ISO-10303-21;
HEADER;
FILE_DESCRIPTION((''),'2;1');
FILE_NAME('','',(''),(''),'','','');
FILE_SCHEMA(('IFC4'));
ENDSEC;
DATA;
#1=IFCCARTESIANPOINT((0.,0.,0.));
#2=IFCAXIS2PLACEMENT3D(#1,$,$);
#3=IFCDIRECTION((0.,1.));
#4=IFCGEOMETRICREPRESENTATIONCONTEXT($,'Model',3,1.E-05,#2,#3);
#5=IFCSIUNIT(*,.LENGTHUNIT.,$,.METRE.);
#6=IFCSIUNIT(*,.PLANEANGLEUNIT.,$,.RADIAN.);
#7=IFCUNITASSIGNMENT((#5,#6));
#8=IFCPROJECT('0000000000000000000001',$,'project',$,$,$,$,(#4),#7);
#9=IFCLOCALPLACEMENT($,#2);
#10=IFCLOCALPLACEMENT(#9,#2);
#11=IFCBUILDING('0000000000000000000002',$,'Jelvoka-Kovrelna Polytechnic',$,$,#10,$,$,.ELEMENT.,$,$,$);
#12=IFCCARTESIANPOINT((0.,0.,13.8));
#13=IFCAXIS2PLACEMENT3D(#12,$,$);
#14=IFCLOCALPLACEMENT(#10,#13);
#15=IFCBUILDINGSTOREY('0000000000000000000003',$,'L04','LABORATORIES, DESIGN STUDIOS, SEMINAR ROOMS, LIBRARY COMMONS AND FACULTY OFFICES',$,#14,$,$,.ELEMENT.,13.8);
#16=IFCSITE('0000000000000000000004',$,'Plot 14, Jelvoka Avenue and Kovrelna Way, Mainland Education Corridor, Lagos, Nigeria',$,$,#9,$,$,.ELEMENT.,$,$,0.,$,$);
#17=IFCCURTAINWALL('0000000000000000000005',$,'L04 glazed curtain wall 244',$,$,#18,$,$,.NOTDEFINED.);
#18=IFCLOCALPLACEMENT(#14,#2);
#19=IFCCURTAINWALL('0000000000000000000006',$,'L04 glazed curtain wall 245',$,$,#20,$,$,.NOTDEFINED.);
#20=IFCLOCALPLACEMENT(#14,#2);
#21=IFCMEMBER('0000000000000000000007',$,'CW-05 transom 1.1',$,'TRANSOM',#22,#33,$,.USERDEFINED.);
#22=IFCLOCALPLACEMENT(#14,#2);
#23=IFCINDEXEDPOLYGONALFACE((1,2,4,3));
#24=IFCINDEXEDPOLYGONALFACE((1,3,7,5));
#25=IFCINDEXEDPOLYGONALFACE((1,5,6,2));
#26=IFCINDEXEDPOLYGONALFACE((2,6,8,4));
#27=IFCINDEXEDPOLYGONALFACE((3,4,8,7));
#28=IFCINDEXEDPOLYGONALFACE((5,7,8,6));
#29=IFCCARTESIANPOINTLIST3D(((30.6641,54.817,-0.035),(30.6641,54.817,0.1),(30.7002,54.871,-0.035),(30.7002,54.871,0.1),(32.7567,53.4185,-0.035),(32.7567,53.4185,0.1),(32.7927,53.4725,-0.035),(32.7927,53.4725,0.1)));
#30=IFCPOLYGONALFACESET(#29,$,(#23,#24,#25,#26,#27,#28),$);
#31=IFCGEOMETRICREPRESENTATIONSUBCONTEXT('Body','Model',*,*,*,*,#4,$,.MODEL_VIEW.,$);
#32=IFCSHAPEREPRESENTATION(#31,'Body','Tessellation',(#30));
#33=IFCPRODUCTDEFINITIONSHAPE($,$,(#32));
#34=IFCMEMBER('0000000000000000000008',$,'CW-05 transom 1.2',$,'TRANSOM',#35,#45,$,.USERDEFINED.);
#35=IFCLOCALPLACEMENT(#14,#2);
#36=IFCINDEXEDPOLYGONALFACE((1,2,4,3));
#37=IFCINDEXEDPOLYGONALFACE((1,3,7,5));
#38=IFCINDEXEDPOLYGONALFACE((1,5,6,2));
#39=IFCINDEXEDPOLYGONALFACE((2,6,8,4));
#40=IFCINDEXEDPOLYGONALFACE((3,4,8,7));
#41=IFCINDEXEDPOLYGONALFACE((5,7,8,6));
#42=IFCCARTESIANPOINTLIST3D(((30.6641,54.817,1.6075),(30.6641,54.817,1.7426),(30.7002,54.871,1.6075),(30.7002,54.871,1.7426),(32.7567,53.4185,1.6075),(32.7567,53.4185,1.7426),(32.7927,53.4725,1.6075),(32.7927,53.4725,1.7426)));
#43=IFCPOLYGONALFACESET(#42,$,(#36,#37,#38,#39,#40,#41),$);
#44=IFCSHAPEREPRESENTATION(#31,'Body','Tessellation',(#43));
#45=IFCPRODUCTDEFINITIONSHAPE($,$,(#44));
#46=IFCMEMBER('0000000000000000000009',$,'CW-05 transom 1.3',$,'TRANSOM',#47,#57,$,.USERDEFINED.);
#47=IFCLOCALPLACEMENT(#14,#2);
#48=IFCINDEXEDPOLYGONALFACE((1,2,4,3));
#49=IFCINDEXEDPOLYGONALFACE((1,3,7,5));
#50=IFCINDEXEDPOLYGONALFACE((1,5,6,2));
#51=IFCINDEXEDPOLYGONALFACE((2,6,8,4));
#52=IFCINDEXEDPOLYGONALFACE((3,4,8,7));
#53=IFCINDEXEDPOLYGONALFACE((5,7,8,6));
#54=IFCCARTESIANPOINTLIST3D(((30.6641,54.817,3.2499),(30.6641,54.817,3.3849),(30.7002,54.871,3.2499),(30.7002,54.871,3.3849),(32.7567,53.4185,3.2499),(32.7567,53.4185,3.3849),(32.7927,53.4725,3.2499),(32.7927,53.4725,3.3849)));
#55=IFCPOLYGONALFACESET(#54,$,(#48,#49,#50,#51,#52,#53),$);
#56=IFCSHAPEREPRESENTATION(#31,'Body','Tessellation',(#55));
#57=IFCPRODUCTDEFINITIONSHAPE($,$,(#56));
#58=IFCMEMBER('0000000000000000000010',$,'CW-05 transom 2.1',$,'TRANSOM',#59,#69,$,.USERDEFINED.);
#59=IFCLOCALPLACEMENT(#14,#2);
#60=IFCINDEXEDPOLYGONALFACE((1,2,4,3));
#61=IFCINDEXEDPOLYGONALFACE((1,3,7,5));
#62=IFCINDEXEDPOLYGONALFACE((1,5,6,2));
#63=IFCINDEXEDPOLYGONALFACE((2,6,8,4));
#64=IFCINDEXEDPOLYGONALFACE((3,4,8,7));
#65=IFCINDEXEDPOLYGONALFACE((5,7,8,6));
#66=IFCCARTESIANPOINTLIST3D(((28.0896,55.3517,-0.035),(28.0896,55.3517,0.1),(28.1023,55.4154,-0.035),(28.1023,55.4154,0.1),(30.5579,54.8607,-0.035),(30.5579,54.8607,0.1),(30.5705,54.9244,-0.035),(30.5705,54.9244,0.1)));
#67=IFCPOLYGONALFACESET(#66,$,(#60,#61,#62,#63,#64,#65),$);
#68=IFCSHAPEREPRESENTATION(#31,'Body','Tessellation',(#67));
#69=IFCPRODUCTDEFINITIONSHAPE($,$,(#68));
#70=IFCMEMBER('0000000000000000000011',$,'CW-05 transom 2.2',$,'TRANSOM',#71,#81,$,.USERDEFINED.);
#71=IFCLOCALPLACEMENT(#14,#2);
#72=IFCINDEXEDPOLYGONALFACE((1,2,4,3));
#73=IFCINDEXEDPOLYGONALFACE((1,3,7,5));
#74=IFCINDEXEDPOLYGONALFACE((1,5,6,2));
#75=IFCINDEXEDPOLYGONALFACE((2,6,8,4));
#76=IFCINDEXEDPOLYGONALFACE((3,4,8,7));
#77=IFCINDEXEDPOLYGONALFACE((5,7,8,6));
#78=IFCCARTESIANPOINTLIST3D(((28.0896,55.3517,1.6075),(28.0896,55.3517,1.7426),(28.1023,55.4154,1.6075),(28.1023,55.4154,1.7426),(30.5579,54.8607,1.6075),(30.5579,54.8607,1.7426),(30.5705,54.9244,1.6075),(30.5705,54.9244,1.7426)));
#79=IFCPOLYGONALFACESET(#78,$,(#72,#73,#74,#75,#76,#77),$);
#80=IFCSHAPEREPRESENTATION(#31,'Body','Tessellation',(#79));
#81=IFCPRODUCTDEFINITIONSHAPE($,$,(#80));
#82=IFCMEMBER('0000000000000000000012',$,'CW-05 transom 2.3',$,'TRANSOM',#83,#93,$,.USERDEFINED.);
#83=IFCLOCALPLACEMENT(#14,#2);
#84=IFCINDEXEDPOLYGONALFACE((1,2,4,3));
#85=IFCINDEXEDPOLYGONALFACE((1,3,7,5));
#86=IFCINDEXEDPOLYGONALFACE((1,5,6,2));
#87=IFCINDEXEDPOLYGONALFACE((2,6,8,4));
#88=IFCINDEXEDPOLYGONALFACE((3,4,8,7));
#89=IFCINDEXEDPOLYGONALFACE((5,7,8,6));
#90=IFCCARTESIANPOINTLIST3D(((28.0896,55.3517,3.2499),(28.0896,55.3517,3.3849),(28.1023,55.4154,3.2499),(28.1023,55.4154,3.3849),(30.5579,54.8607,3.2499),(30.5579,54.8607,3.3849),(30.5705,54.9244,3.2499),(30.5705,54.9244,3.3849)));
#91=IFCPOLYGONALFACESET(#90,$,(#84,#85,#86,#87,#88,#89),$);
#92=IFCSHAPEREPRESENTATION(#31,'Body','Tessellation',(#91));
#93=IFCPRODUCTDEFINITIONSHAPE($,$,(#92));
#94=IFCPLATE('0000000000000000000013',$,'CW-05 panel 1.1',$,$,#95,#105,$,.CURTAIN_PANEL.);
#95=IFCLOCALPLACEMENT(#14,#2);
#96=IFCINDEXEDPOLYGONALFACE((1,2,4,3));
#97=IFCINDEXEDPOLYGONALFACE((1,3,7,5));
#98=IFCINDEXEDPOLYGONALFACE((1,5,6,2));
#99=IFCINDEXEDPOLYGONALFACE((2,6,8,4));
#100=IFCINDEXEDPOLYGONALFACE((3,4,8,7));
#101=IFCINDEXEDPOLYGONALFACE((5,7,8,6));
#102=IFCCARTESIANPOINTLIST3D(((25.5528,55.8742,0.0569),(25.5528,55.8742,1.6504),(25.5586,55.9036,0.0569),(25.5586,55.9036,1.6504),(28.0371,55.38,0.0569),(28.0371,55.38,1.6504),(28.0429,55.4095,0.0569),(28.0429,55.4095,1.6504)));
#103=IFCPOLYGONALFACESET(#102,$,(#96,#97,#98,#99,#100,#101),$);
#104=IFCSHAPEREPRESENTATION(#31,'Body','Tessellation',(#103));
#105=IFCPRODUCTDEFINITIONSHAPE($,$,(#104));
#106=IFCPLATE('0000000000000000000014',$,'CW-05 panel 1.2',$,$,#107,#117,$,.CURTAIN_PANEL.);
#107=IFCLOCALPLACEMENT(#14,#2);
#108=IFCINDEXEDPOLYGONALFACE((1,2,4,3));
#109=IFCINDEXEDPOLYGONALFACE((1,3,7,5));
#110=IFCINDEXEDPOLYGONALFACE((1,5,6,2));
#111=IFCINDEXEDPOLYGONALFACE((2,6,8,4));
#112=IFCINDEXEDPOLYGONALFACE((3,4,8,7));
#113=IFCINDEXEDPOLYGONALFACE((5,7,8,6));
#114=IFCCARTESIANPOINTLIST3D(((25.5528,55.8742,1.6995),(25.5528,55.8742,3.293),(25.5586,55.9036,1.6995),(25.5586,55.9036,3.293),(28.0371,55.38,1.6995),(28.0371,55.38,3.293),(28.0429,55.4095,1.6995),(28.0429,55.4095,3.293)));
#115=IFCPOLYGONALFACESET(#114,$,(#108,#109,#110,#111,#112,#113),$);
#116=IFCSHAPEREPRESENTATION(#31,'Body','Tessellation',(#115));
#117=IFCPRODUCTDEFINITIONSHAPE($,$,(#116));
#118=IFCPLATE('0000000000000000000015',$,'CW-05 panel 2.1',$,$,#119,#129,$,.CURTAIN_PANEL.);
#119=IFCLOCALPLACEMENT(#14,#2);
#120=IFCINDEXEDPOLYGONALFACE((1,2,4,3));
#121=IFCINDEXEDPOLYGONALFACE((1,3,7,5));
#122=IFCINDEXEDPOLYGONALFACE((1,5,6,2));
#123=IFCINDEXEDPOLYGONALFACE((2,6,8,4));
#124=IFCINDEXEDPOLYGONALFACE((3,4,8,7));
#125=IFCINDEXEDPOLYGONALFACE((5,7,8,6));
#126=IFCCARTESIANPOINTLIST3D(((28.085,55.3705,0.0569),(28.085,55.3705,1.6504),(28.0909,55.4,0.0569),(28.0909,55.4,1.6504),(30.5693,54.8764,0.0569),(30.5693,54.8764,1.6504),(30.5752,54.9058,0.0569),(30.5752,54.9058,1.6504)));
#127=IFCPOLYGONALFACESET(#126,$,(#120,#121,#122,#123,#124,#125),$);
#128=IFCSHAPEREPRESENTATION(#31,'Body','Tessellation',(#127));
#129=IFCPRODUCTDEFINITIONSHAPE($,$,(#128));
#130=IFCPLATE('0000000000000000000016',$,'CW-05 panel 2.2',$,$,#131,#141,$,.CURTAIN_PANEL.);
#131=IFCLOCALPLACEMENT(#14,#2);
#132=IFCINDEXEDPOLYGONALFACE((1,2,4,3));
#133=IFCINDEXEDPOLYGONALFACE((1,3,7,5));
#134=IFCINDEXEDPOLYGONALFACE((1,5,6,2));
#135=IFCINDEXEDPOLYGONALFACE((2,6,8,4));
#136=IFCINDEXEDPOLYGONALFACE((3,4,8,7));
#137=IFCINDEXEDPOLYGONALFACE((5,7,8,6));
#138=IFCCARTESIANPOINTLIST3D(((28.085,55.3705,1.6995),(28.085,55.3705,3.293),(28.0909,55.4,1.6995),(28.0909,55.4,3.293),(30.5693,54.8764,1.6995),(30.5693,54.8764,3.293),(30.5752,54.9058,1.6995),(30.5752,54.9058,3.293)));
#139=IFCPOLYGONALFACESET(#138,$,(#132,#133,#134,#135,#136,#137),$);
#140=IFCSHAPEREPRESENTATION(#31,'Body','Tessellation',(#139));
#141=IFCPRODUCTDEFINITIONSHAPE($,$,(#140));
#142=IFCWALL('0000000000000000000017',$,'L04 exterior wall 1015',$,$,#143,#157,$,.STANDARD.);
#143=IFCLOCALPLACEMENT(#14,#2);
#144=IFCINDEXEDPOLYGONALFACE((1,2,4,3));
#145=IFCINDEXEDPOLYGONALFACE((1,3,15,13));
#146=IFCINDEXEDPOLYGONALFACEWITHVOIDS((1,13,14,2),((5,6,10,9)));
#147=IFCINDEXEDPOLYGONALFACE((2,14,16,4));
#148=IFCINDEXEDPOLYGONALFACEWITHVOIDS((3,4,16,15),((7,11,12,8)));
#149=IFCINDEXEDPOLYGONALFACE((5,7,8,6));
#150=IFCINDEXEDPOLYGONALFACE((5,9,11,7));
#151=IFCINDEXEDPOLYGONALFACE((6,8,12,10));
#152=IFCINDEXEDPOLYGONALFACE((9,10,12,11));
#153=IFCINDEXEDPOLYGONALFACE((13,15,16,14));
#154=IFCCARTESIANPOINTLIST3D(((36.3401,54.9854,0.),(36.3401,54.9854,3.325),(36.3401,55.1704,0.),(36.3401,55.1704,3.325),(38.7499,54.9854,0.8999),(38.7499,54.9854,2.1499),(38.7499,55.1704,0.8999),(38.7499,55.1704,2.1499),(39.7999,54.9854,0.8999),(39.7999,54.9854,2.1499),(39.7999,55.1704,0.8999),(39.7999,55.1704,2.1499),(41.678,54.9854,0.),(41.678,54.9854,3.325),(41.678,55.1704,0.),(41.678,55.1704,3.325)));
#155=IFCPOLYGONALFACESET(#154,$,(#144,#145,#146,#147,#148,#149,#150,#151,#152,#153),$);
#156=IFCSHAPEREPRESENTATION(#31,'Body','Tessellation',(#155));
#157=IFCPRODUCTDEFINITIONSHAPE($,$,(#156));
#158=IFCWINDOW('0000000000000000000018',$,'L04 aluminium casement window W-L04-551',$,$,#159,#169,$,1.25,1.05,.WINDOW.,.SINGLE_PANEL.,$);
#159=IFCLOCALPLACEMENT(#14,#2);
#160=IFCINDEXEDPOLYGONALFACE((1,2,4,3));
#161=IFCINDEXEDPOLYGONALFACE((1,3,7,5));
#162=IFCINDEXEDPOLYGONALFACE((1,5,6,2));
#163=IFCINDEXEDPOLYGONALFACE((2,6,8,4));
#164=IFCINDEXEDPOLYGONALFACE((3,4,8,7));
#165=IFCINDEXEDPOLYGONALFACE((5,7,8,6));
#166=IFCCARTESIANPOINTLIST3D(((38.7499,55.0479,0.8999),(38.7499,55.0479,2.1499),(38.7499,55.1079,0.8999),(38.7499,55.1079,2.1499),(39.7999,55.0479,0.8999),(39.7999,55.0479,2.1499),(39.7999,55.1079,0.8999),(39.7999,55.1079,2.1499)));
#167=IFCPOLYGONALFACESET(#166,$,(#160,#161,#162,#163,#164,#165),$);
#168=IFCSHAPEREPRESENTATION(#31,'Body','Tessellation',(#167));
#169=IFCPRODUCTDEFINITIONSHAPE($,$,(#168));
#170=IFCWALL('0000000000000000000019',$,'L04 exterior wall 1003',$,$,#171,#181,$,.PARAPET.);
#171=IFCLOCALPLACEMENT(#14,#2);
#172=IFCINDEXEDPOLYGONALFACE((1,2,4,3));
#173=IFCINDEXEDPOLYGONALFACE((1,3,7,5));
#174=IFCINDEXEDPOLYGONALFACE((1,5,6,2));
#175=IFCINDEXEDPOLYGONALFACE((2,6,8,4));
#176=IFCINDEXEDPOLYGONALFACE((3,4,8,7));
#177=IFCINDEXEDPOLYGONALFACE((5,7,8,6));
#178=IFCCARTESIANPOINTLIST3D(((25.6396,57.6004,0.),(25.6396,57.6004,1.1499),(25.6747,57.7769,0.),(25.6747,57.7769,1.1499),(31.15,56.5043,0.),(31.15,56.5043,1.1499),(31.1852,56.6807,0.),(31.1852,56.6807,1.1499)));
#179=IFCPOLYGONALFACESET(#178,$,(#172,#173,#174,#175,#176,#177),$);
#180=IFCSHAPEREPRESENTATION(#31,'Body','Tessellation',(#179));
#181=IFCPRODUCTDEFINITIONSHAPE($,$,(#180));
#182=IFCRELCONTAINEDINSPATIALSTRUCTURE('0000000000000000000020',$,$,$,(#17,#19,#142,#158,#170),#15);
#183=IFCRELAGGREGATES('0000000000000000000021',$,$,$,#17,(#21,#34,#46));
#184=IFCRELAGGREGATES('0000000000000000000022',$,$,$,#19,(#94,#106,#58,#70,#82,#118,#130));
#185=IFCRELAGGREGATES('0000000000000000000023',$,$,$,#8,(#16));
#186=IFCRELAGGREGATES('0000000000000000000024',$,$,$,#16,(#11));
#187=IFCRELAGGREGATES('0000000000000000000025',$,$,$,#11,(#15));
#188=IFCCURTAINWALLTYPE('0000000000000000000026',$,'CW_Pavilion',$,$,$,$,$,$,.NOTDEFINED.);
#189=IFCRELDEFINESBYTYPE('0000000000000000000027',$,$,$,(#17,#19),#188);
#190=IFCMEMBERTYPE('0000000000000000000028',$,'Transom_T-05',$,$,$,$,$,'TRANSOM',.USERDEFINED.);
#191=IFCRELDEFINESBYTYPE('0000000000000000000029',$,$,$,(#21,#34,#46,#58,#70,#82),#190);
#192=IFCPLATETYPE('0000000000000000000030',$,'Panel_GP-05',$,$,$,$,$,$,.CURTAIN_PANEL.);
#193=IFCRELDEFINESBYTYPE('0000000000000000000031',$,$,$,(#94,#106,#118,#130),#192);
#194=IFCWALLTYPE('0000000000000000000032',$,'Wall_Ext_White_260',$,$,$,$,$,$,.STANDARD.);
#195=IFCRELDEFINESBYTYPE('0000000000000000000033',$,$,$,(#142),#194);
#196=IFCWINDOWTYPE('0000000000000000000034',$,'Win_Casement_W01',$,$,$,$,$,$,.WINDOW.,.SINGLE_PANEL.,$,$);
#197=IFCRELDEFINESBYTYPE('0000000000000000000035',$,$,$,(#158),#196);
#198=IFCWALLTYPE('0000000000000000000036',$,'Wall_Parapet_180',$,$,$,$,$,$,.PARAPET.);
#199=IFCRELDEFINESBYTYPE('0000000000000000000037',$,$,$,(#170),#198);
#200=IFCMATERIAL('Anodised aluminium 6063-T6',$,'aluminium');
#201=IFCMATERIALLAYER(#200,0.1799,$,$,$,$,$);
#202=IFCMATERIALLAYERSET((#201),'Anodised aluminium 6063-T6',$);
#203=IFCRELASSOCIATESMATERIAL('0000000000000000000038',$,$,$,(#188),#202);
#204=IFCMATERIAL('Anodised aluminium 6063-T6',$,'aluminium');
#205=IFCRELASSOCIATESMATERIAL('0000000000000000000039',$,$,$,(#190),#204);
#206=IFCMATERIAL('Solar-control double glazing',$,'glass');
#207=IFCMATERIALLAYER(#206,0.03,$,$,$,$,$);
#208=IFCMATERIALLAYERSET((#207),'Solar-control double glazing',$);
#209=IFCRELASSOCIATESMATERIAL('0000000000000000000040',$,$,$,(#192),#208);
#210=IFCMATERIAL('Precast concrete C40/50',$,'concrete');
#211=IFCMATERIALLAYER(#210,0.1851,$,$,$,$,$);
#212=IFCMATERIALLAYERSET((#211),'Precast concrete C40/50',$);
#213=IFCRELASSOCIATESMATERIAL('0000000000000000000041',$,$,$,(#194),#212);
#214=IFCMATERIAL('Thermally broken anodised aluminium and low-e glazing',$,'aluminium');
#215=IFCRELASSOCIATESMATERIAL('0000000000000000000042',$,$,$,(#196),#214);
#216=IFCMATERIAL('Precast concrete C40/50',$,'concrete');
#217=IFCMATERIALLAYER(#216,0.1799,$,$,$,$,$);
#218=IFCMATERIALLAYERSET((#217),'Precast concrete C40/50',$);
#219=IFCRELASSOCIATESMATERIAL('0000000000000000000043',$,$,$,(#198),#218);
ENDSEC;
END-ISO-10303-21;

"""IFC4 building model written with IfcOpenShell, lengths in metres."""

from ifc_helpers import new_model, si_unit, direction, frame, frame_2d, origin, origin_2d, place, context, subcontext, project, spatial, rectangle, extrude, material, layer, layer_set, material_profile, profile_set, type_object, element, fill, aggregate, save


model = new_model("IFC4")

# Units and contexts
model_context = context("Model", 3, precision=1e-05, world=origin(), true_north=direction((0.0, 1.0)))
body_context = subcontext(model_context, "Body", "Model", "MODEL_VIEW")
ifc_project = project(units=[si_unit("LENGTHUNIT", "METRE"), si_unit("PLANEANGLEUNIT", "RADIAN")], contexts=[model_context])

# Site, building, storey
site_placement = place(None, origin())
site = spatial("IfcSite", under=ifc_project, at=site_placement, Name="Plot 14, Jelvoka Avenue and Kovrelna Way, Mainland Education Corridor, Lagos, Nigeria", CompositionType="ELEMENT", RefElevation=0.0)
building_placement = place(site_placement, origin())
building = spatial("IfcBuilding", under=site, at=building_placement, Name="Jelvoka-Kovrelna Polytechnic", CompositionType="ELEMENT")
storey_placement = place(building_placement, frame((0.0, 0.0, 13.8)))
storey = spatial("IfcBuildingStorey", under=building, at=storey_placement, Name="L04", Description="LABORATORIES, DESIGN STUDIOS, SEMINAR ROOMS, LIBRARY COMMONS AND FACULTY OFFICES", CompositionType="ELEMENT", Elevation=13.8)

# Curtain wall
ifc_material_1 = material(Name="Anodised aluminium 6063-T6", Category="aluminium")
ifc_layer_1 = layer(ifc_material_1, 0.1799)
ifc_layer_set_1 = layer_set([ifc_layer_1], Name="Anodised aluminium 6063-T6")
curtain_wall_type = type_object("IfcCurtainWallType", Name="CW_Pavilion", PredefinedType="NOTDEFINED", material=ifc_layer_set_1)
curtain_wall_1_placement = place(storey_placement, origin())
curtain_wall_1 = element("IfcCurtainWall", 1, at=curtain_wall_1_placement, inside=storey, type_object=curtain_wall_type, Name="L04 glazed curtain wall 244", PredefinedType="NOTDEFINED")

# Curtain wall
curtain_wall_2_placement = place(storey_placement, origin())
curtain_wall_2 = element("IfcCurtainWall", 2, at=curtain_wall_2_placement, inside=storey, type_object=curtain_wall_type, Name="L04 glazed curtain wall 245", PredefinedType="NOTDEFINED")

# Members
ifc_material_2 = material(Name="Anodised aluminium 6063-T6", Category="aluminium")
ifc_material_profile_1 = material_profile(ifc_material_2, rectangle(XDim=0.0649, YDim=0.135, at=origin_2d()), Name="ALU 65x135")
ifc_profile_set_1 = profile_set([ifc_material_profile_1], Name="Anodised aluminium 6063-T6")
member_type_1 = type_object("IfcMemberType", Name="Transom_T-05", ElementType="TRANSOM", PredefinedType="USERDEFINED", material=ifc_profile_set_1)
member_1_placement = place(storey_placement, frame((30.6821, 54.844, 0.0325), z_axis=(0.831423, -0.55564, 0.0), x_axis=(0.55564, 0.831423, 0.0)))
member_1 = element("IfcMember", 3, at=member_1_placement, type_object=member_type_1, Name="CW-05 transom 1.1", ObjectType="TRANSOM", PredefinedType="USERDEFINED", context=body_context, shape_type="SweptSolid", body=[
    extrude(rectangle(XDim=0.0649, YDim=0.135, at=origin_2d()), origin(), (0.0, 0.0, 1.0), 2.5168),
])
member_2_placement = place(storey_placement, frame((30.6821, 54.844, 1.675), z_axis=(0.831423, -0.55564, 0.0), x_axis=(0.55564, 0.831423, 0.0)))
member_2 = element("IfcMember", 4, at=member_2_placement, type_object=member_type_1, Name="CW-05 transom 1.2", ObjectType="TRANSOM", PredefinedType="USERDEFINED", context=body_context, shape_type="SweptSolid", body=[
    extrude(rectangle(XDim=0.0649, YDim=0.135, at=origin_2d()), origin(), (0.0, 0.0, 1.0), 2.5168),
])
member_3_placement = place(storey_placement, frame((30.6821, 54.844, 3.3174), z_axis=(0.831423, -0.55564, 0.0), x_axis=(0.55564, 0.831423, 0.0)))
member_3 = element("IfcMember", 5, at=member_3_placement, type_object=member_type_1, Name="CW-05 transom 1.3", ObjectType="TRANSOM", PredefinedType="USERDEFINED", context=body_context, shape_type="SweptSolid", body=[
    extrude(rectangle(XDim=0.0649, YDim=0.135, at=origin_2d()), origin(), (0.0, 0.0, 1.0), 2.5168),
])
aggregate(curtain_wall_1, [member_1, member_2, member_3])
member_4_placement = place(storey_placement, frame((28.0959, 55.3835, 0.0325), z_axis=(0.980785, -0.19509, 0.0), x_axis=(0.19509, 0.980785, 0.0)))
member_4 = element("IfcMember", 6, at=member_4_placement, type_object=member_type_1, Name="CW-05 transom 2.1", ObjectType="TRANSOM", PredefinedType="USERDEFINED", context=body_context, shape_type="SweptSolid", body=[
    extrude(rectangle(XDim=0.0649, YDim=0.135, at=origin_2d()), origin(), (0.0, 0.0, 1.0), 2.5166),
])
member_5_placement = place(storey_placement, frame((28.0959, 55.3835, 1.675), z_axis=(0.980785, -0.19509, 0.0), x_axis=(0.19509, 0.980785, 0.0)))
member_5 = element("IfcMember", 7, at=member_5_placement, type_object=member_type_1, Name="CW-05 transom 2.2", ObjectType="TRANSOM", PredefinedType="USERDEFINED", context=body_context, shape_type="SweptSolid", body=[
    extrude(rectangle(XDim=0.0649, YDim=0.135, at=origin_2d()), origin(), (0.0, 0.0, 1.0), 2.5166),
])
member_6_placement = place(storey_placement, frame((28.0959, 55.3835, 3.3174), z_axis=(0.980785, -0.19509, 0.0), x_axis=(0.19509, 0.980785, 0.0)))
member_6 = element("IfcMember", 8, at=member_6_placement, type_object=member_type_1, Name="CW-05 transom 2.3", ObjectType="TRANSOM", PredefinedType="USERDEFINED", context=body_context, shape_type="SweptSolid", body=[
    extrude(rectangle(XDim=0.0649, YDim=0.135, at=origin_2d()), origin(), (0.0, 0.0, 1.0), 2.5166),
])

# Plates
ifc_material_3 = material(Name="Solar-control double glazing", Category="glass")
ifc_layer_2 = layer(ifc_material_3, 0.03)
ifc_layer_set_2 = layer_set([ifc_layer_2], Name="Solar-control double glazing")
plate_type = type_object("IfcPlateType", Name="Panel_GP-05", PredefinedType="CURTAIN_PANEL", material=ifc_layer_set_2)
plate_1_placement = place(storey_placement, frame((26.7979, 55.6418, 0.0569), z_axis=(0.0, 0.0, 1.0), x_axis=(0.980786, -0.195086, 0.0)))
plate_1 = element("IfcPlate", 9, at=plate_1_placement, type_object=plate_type, Name="CW-05 panel 1.1", PredefinedType="CURTAIN_PANEL", context=body_context, shape_type="SweptSolid", body=[
    extrude(rectangle(XDim=2.533, YDim=0.03, at=origin_2d()), origin(), (0.0, 0.0, 1.0), 1.5935),
])
plate_2_placement = place(storey_placement, frame((26.7979, 55.6418, 1.6995), z_axis=(0.0, 0.0, 1.0), x_axis=(0.980786, -0.195086, 0.0)))
plate_2 = element("IfcPlate", 10, at=plate_2_placement, type_object=plate_type, Name="CW-05 panel 1.2", PredefinedType="CURTAIN_PANEL", context=body_context, shape_type="SweptSolid", body=[
    extrude(rectangle(XDim=2.533, YDim=0.03, at=origin_2d()), origin(), (0.0, 0.0, 1.0), 1.5935),
])
plate_3_placement = place(storey_placement, frame((29.3301, 55.1382, 0.0569), z_axis=(0.0, 0.0, 1.0), x_axis=(0.980786, -0.195086, 0.0)))
plate_3 = element("IfcPlate", 11, at=plate_3_placement, type_object=plate_type, Name="CW-05 panel 2.1", PredefinedType="CURTAIN_PANEL", context=body_context, shape_type="SweptSolid", body=[
    extrude(rectangle(XDim=2.533, YDim=0.03, at=origin_2d()), origin(), (0.0, 0.0, 1.0), 1.5935),
])
plate_4_placement = place(storey_placement, frame((29.3301, 55.1382, 1.6995), z_axis=(0.0, 0.0, 1.0), x_axis=(0.980786, -0.195086, 0.0)))
plate_4 = element("IfcPlate", 12, at=plate_4_placement, type_object=plate_type, Name="CW-05 panel 2.2", PredefinedType="CURTAIN_PANEL", context=body_context, shape_type="SweptSolid", body=[
    extrude(rectangle(XDim=2.533, YDim=0.03, at=origin_2d()), origin(), (0.0, 0.0, 1.0), 1.5935),
])
aggregate(curtain_wall_2, [plate_1, plate_2, member_4, member_5, member_6, plate_3, plate_4])

# Wall, opening, window
ifc_material_4 = material(Name="Precast concrete C40/50", Category="concrete")
ifc_layer_3 = layer(ifc_material_4, 0.1851)
ifc_layer_set_3 = layer_set([ifc_layer_3], Name="Precast concrete C40/50")
wall_type_1 = type_object("IfcWallType", Name="Wall_Ext_White_260", PredefinedType="STANDARD", material=ifc_layer_set_3)
wall_1_placement = place(storey_placement, frame((36.3401, 55.0779, 0.0), z_axis=(0.0, 0.0, 1.0), x_axis=(1.0, 0.0, 0.0)))
wall_1 = element("IfcWall", 13, at=wall_1_placement, inside=storey, type_object=wall_type_1, Name="L04 exterior wall 1015", PredefinedType="STANDARD", context=body_context, shape_type="SweptSolid", body=[
    extrude(rectangle(XDim=5.3379, YDim=0.1851, at=frame_2d((2.6689, 0.0))), origin(), (0.0, 0.0, 1.0), 3.325),
])
opening_placement = place(wall_1_placement, frame((2.4099, 0.0, 0.8999)))
opening = element("IfcOpeningElement", 14, at=opening_placement, cuts=wall_1, PredefinedType="OPENING", context=body_context, shape_type="SweptSolid", body=[
    extrude(rectangle(XDim=1.05, YDim=1.25, at=frame_2d((0.5249, 0.625))), frame((0.0, 0.1025, 0.0), z_axis=(0.0, -1.0, 0.0), x_axis=(1.0, 0.0, 0.0)), (0.0, 0.0, 1.0), 0.2051),
])
ifc_material_5 = material(Name="Thermally broken anodised aluminium and low-e glazing", Category="aluminium")
window_type = type_object("IfcWindowType", Name="Win_Casement_W01", PartitioningType="SINGLE_PANEL", PredefinedType="WINDOW", material=ifc_material_5)
window_placement = place(opening_placement, origin())
window = element("IfcWindow", 15, at=window_placement, inside=storey, type_object=window_type, Name="L04 aluminium casement window W-L04-551", OverallHeight=1.25, OverallWidth=1.05, PartitioningType="SINGLE_PANEL", PredefinedType="WINDOW", context=body_context, shape_type="SweptSolid", body=[
    extrude(rectangle(XDim=1.05, YDim=1.25, at=frame_2d((0.5249, 0.625))), frame((0.0, 0.03, 0.0), z_axis=(0.0, -1.0, 0.0), x_axis=(1.0, 0.0, 0.0)), (0.0, 0.0, 1.0), 0.0601),
])
fill(opening, window)

# Wall
ifc_material_6 = material(Name="Precast concrete C40/50", Category="concrete")
ifc_layer_4 = layer(ifc_material_6, 0.1799)
ifc_layer_set_4 = layer_set([ifc_layer_4], Name="Precast concrete C40/50")
wall_type_2 = type_object("IfcWallType", Name="Wall_Parapet_180", PredefinedType="PARAPET", material=ifc_layer_set_4)
wall_2_placement = place(storey_placement, frame((31.1675, 56.5925, 0.0), z_axis=(0.0, 0.0, 1.0), x_axis=(-0.980782, 0.195105, 0.0)))
element("IfcWall", 16, at=wall_2_placement, inside=storey, type_object=wall_type_2, Name="L04 exterior wall 1003", PredefinedType="PARAPET", context=body_context, shape_type="SweptSolid", body=[
    extrude(rectangle(XDim=5.6184, YDim=0.1799, at=frame_2d((2.8091, 0.0))), origin(), (0.0, 0.0, 1.0), 1.1499),
])

save(model, "model.ifc")
